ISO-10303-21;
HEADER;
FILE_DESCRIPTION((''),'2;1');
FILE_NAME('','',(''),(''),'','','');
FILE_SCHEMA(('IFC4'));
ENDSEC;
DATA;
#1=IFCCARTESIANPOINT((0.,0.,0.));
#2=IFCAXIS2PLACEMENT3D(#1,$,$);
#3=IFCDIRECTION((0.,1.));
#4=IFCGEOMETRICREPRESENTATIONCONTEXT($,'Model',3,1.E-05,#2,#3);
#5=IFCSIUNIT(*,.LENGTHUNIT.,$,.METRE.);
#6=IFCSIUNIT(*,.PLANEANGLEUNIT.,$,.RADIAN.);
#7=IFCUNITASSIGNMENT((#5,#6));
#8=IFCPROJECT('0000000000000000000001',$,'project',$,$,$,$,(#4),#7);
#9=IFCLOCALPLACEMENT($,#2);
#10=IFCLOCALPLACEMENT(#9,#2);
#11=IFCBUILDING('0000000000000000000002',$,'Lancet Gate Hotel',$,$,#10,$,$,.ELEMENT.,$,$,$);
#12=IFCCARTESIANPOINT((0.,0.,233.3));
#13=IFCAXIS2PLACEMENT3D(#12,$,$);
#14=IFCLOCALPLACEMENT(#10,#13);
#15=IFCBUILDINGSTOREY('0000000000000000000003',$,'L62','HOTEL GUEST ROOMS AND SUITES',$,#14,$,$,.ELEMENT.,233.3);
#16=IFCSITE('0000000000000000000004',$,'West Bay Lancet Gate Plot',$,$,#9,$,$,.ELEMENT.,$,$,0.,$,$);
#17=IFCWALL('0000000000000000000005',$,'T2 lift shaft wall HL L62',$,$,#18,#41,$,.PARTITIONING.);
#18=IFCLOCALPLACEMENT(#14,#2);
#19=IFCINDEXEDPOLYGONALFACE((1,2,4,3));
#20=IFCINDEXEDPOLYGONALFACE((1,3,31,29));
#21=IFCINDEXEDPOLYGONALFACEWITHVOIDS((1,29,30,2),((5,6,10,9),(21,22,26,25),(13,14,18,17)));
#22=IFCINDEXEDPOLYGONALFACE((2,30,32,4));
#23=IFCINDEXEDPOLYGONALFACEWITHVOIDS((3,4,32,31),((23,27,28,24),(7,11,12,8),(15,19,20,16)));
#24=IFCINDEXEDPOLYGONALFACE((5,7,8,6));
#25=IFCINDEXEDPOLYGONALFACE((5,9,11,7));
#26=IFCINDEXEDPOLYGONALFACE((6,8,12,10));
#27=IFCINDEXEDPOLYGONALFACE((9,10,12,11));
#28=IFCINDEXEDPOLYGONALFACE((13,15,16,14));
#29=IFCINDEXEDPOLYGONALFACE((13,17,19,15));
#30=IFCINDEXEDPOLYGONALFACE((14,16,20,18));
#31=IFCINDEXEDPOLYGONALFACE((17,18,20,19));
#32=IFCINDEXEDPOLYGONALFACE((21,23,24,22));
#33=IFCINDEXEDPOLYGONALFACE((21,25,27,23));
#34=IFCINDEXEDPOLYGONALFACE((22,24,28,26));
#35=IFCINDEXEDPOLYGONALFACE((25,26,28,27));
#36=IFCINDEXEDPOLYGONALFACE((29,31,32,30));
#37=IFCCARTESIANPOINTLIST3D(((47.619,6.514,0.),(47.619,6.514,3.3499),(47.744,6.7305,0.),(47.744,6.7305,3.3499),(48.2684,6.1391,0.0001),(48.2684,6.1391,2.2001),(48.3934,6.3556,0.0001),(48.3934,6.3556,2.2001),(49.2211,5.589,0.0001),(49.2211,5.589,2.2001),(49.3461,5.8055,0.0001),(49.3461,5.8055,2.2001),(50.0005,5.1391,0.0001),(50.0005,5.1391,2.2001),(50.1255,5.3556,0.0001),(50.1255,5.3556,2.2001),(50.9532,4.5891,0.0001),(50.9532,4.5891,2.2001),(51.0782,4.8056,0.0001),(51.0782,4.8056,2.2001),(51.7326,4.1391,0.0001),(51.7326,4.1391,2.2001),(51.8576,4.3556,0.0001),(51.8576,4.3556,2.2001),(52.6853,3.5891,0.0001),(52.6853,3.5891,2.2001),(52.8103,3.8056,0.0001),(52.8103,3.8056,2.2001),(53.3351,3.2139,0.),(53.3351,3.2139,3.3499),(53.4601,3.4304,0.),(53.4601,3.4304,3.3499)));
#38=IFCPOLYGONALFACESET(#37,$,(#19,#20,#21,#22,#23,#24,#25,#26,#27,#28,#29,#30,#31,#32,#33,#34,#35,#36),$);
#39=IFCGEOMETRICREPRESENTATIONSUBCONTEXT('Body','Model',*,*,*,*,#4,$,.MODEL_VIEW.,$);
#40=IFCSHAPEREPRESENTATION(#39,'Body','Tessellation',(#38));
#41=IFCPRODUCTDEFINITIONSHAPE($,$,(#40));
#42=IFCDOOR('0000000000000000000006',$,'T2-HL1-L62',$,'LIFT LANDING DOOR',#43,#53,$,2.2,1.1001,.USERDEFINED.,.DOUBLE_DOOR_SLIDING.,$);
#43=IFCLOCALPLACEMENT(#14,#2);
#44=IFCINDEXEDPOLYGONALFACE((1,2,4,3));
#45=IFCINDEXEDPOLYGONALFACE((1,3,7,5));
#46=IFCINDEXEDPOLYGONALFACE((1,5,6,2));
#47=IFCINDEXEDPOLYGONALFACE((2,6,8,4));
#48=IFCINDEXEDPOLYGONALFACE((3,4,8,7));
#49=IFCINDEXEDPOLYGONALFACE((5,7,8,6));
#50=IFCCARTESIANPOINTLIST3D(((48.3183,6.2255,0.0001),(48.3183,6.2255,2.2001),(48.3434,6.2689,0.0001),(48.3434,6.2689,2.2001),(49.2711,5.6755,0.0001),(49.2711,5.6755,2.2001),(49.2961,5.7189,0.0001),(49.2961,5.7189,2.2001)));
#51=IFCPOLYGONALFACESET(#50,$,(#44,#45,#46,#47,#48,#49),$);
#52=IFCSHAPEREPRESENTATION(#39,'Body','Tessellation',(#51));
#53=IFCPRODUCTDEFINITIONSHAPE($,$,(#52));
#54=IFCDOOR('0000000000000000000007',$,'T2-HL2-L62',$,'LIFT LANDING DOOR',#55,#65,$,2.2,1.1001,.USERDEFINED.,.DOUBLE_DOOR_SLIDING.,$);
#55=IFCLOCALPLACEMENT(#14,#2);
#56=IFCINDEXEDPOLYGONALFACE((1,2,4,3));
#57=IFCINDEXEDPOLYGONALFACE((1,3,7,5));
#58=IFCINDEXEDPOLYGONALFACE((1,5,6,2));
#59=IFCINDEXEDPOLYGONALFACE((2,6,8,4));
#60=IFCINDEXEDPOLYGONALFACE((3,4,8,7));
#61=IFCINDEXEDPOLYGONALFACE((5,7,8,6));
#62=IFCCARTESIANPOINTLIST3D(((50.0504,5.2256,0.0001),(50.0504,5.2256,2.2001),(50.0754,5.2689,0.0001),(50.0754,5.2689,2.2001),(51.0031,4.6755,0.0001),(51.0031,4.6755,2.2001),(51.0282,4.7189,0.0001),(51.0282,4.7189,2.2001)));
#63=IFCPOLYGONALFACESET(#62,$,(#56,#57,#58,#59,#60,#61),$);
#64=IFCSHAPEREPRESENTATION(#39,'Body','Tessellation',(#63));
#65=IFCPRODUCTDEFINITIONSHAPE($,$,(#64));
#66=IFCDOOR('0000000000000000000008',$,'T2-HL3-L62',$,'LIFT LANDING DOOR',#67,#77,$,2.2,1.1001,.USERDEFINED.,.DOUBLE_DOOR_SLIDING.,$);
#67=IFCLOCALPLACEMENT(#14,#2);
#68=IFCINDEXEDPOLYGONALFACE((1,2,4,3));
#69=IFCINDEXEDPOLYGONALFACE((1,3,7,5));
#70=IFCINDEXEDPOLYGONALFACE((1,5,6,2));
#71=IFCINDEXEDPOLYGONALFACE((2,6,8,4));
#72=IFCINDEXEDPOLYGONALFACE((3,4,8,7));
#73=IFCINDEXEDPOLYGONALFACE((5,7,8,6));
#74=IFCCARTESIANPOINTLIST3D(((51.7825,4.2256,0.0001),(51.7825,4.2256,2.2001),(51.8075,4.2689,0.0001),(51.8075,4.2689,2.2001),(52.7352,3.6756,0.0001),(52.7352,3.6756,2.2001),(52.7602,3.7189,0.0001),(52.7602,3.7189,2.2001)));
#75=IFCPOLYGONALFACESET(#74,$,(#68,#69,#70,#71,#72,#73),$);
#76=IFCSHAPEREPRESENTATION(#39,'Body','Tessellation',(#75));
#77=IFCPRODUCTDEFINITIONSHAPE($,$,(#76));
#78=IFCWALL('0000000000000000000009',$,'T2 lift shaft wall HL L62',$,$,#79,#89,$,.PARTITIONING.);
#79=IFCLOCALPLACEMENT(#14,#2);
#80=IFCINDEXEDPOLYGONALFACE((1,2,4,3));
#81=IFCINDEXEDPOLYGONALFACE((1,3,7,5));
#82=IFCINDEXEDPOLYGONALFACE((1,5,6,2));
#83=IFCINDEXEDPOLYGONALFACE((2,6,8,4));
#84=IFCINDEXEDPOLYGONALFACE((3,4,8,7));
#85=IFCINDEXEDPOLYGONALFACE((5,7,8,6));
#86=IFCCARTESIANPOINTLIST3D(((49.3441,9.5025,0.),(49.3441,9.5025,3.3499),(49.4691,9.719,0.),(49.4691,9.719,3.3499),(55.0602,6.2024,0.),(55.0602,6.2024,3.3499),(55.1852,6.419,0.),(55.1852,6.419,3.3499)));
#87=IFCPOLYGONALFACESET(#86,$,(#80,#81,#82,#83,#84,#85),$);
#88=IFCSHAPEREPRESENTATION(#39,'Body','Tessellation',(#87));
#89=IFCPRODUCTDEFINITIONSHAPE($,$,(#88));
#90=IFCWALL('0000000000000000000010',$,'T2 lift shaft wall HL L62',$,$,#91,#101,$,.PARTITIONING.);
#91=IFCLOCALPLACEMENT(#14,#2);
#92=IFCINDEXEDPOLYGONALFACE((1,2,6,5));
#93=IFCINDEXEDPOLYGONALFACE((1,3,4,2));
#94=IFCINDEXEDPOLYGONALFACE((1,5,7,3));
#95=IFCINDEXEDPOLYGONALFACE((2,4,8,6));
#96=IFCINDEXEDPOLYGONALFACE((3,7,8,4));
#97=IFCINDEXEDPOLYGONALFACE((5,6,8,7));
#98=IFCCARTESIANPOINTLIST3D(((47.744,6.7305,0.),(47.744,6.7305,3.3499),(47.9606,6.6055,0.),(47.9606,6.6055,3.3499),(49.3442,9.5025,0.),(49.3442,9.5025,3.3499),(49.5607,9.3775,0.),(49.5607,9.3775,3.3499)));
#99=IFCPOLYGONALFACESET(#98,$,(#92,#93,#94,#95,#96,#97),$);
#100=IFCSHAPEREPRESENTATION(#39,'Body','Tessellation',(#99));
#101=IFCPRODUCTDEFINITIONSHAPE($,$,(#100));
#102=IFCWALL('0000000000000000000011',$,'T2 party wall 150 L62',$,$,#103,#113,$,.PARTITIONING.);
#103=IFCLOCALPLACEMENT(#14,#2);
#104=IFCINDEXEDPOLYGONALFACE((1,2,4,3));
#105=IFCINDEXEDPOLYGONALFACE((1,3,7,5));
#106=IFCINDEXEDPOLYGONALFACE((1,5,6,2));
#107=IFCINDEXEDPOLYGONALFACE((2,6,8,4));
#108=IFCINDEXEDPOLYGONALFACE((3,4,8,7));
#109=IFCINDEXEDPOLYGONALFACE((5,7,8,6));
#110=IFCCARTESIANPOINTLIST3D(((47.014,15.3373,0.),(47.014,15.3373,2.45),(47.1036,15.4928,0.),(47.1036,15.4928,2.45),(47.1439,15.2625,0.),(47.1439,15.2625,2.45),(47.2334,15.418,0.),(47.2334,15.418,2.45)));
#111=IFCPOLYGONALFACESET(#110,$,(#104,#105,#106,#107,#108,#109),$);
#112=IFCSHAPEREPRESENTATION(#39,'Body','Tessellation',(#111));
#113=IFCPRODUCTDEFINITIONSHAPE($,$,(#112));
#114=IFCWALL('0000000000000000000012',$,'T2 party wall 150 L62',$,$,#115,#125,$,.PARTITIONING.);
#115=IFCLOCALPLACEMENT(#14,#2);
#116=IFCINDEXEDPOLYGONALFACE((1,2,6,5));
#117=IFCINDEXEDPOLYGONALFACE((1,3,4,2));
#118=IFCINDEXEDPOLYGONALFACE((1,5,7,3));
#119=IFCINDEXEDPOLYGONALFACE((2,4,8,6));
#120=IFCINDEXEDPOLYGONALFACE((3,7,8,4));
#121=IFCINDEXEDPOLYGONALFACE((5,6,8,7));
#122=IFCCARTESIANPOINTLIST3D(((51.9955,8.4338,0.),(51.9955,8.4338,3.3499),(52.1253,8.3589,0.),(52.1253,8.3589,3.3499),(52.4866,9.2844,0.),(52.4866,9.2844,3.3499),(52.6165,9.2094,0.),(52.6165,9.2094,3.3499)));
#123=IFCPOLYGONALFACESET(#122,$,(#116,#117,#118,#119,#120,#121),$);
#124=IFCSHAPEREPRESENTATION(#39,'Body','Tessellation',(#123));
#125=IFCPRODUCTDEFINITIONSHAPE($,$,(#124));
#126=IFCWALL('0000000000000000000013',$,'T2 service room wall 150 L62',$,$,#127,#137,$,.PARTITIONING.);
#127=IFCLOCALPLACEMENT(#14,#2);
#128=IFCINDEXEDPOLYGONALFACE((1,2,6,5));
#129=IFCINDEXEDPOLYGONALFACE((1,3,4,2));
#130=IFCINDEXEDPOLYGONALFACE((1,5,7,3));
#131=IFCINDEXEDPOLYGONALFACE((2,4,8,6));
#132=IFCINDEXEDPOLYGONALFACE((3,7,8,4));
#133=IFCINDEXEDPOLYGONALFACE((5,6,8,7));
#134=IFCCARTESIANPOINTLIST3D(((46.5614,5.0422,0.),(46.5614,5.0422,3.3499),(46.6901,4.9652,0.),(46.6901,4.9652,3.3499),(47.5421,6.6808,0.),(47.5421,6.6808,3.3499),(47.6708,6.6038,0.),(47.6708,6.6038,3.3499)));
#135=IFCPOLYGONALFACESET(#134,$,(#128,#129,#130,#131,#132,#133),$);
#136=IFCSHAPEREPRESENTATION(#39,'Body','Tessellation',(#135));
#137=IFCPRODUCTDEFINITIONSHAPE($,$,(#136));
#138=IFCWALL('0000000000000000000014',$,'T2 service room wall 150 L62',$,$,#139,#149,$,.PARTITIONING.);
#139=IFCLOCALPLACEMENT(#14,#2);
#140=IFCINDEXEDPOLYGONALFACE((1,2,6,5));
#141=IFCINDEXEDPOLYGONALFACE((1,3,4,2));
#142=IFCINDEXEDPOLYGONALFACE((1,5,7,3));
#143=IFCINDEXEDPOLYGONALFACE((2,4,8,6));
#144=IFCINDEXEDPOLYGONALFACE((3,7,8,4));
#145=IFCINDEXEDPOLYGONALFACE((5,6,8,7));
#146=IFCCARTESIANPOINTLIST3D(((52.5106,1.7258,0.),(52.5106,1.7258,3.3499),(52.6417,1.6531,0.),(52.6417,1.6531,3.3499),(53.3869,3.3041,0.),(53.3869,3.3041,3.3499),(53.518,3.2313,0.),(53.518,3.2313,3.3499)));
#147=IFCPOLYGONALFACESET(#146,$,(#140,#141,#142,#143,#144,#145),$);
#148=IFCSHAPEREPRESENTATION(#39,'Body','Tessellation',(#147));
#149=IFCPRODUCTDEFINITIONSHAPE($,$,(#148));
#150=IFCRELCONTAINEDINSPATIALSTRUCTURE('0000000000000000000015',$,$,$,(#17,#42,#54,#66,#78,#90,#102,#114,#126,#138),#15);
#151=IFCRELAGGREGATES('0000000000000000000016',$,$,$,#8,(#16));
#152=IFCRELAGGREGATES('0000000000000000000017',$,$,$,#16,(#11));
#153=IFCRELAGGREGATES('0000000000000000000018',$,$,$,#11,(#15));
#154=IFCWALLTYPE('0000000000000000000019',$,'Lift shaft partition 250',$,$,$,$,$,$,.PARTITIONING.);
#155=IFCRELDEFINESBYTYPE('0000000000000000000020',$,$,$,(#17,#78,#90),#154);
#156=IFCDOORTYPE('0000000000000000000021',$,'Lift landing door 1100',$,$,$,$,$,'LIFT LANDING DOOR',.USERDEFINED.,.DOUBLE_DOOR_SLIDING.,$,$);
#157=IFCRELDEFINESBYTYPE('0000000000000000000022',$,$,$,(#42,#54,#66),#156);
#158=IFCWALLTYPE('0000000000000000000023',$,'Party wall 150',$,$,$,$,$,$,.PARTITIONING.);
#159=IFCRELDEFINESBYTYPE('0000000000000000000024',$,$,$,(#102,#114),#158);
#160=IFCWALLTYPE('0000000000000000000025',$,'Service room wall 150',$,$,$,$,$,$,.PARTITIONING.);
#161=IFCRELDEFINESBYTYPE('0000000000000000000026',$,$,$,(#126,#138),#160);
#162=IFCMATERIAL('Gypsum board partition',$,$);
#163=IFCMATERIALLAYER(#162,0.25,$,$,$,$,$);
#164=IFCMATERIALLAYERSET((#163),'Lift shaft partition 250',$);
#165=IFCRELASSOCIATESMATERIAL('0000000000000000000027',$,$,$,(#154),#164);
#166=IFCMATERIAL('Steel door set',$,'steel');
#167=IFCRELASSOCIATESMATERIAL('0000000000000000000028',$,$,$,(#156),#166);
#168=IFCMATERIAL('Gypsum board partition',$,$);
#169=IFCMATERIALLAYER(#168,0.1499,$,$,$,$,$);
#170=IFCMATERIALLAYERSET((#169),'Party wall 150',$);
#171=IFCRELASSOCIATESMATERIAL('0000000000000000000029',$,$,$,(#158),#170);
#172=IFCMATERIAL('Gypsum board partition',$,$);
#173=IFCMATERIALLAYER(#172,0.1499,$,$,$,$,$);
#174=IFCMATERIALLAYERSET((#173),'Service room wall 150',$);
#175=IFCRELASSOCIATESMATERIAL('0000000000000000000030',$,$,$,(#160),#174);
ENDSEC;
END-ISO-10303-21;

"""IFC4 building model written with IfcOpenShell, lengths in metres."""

from ifc_helpers import new_model, si_unit, direction, frame, frame_2d, origin, place, context, subcontext, project, spatial, rectangle, extrude, material, layer, layer_set, type_object, element, fill, save


model = new_model("IFC4")

# Units and contexts
model_context = context("Model", 3, precision=1e-05, world=origin(), true_north=direction((0.0, 1.0)))
body_context = subcontext(model_context, "Body", "Model", "MODEL_VIEW")
ifc_project = project(units=[si_unit("LENGTHUNIT", "METRE"), si_unit("PLANEANGLEUNIT", "RADIAN")], contexts=[model_context])

# Site, building, storey
site_placement = place(None, origin())
site = spatial("IfcSite", under=ifc_project, at=site_placement, Name="West Bay Lancet Gate Plot", CompositionType="ELEMENT", RefElevation=0.0)
building_placement = place(site_placement, origin())
building = spatial("IfcBuilding", under=site, at=building_placement, Name="Lancet Gate Hotel", CompositionType="ELEMENT")
storey_placement = place(building_placement, frame((0.0, 0.0, 233.3)))
storey = spatial("IfcBuildingStorey", under=building, at=storey_placement, Name="L62", Description="HOTEL GUEST ROOMS AND SUITES", CompositionType="ELEMENT", Elevation=233.3)

# Wall, openings, doors
ifc_material_1 = material(Name="Gypsum board partition")
ifc_layer_1 = layer(ifc_material_1, 0.25)
ifc_layer_set_1 = layer_set([ifc_layer_1], Name="Lift shaft partition 250")
wall_type_1 = type_object("IfcWallType", Name="Lift shaft partition 250", PredefinedType="PARTITIONING", material=ifc_layer_set_1)
wall_1_placement = place(storey_placement, frame((47.6814, 6.6223, 0.0), z_axis=(0.0, 0.0, 1.0), x_axis=(0.866033, -0.499986, 0.0)))
wall_1 = element("IfcWall", 1, at=wall_1_placement, inside=storey, type_object=wall_type_1, Name="T2 lift shaft wall HL L62", PredefinedType="PARTITIONING", context=body_context, shape_type="SweptSolid", body=[
    extrude(rectangle(XDim=6.6003, YDim=0.25, at=frame_2d((3.3003, 0.0))), origin(), (0.0, 0.0, 1.0), 3.3499),
])
opening_1_placement = place(wall_1_placement, frame((0.75, 0.0, 0.0)))
opening_1 = element("IfcOpeningElement", 2, at=opening_1_placement, cuts=wall_1, PredefinedType="OPENING", context=body_context, shape_type="SweptSolid", body=[
    extrude(rectangle(XDim=1.1001, YDim=2.2, at=frame_2d((0.55, 1.1001))), frame((0.0, 0.135, 0.0), z_axis=(0.0, -1.0, 0.0), x_axis=(1.0, 0.0, 0.0)), (0.0, 0.0, 1.0), 0.27),
])
opening_2_placement = place(wall_1_placement, frame((2.75, 0.0, 0.0)))
opening_2 = element("IfcOpeningElement", 3, at=opening_2_placement, cuts=wall_1, PredefinedType="OPENING", context=body_context, shape_type="SweptSolid", body=[
    extrude(rectangle(XDim=1.1001, YDim=2.2, at=frame_2d((0.55, 1.1001))), frame((0.0, 0.135, 0.0), z_axis=(0.0, -1.0, 0.0), x_axis=(1.0, 0.0, 0.0)), (0.0, 0.0, 1.0), 0.27),
])
opening_3_placement = place(wall_1_placement, frame((4.75, 0.0, 0.0)))
opening_3 = element("IfcOpeningElement", 4, at=opening_3_placement, cuts=wall_1, PredefinedType="OPENING", context=body_context, shape_type="SweptSolid", body=[
    extrude(rectangle(XDim=1.1001, YDim=2.2, at=frame_2d((0.55, 1.1001))), frame((0.0, 0.135, 0.0), z_axis=(0.0, -1.0, 0.0), x_axis=(1.0, 0.0, 0.0)), (0.0, 0.0, 1.0), 0.27),
])
ifc_material_2 = material(Name="Steel door set", Category="steel")
door_type_1 = type_object("IfcDoorType", Name="Lift landing door 1100", ElementType="LIFT LANDING DOOR", OperationType="DOUBLE_DOOR_SLIDING", PredefinedType="USERDEFINED", material=ifc_material_2)
door_1_placement = place(opening_1_placement, origin())
door_1 = element("IfcDoor", 5, at=door_1_placement, inside=storey, type_object=door_type_1, Name="T2-HL1-L62", ObjectType="LIFT LANDING DOOR", OperationType="DOUBLE_DOOR_SLIDING", OverallHeight=2.2, OverallWidth=1.1001, PredefinedType="USERDEFINED", context=body_context, shape_type="SweptSolid", body=[
    extrude(rectangle(XDim=1.1001, YDim=2.2, at=frame_2d((0.55, 1.1001))), frame((0.0, 0.0249, 0.0), z_axis=(0.0, -1.0, 0.0), x_axis=(1.0, 0.0, 0.0)), (0.0, 0.0, 1.0), 0.05),
])
fill(opening_1, door_1)
door_2_placement = place(opening_2_placement, origin())
door_2 = element("IfcDoor", 6, at=door_2_placement, inside=storey, type_object=door_type_1, Name="T2-HL2-L62", ObjectType="LIFT LANDING DOOR", OperationType="DOUBLE_DOOR_SLIDING", OverallHeight=2.2, OverallWidth=1.1001, PredefinedType="USERDEFINED", context=body_context, shape_type="SweptSolid", body=[
    extrude(rectangle(XDim=1.1001, YDim=2.2, at=frame_2d((0.55, 1.1001))), frame((0.0, 0.0249, 0.0), z_axis=(0.0, -1.0, 0.0), x_axis=(1.0, 0.0, 0.0)), (0.0, 0.0, 1.0), 0.05),
])
fill(opening_2, door_2)
door_3_placement = place(opening_3_placement, origin())
door_3 = element("IfcDoor", 7, at=door_3_placement, inside=storey, type_object=door_type_1, Name="T2-HL3-L62", ObjectType="LIFT LANDING DOOR", OperationType="DOUBLE_DOOR_SLIDING", OverallHeight=2.2, OverallWidth=1.1001, PredefinedType="USERDEFINED", context=body_context, shape_type="SweptSolid", body=[
    extrude(rectangle(XDim=1.1001, YDim=2.2, at=frame_2d((0.55, 1.1001))), frame((0.0, 0.0249, 0.0), z_axis=(0.0, -1.0, 0.0), x_axis=(1.0, 0.0, 0.0)), (0.0, 0.0, 1.0), 0.05),
])
fill(opening_3, door_3)

# Walls
wall_2_placement = place(storey_placement, frame((49.4065, 9.6108, 0.0), z_axis=(0.0, 0.0, 1.0), x_axis=(0.866033, -0.499986, 0.0)))
element("IfcWall", 8, at=wall_2_placement, inside=storey, type_object=wall_type_1, Name="T2 lift shaft wall HL L62", PredefinedType="PARTITIONING", context=body_context, shape_type="SweptSolid", body=[
    extrude(rectangle(XDim=6.6003, YDim=0.25, at=frame_2d((3.3003, 0.0))), origin(), (0.0, 0.0, 1.0), 3.3499),
])
wall_3_placement = place(storey_placement, frame((47.8523, 6.668, 0.0), z_axis=(0.0, 0.0, 1.0), x_axis=(0.499929, 0.866066, 0.0)))
element("IfcWall", 9, at=wall_3_placement, inside=storey, type_object=wall_type_1, Name="T2 lift shaft wall HL L62", PredefinedType="PARTITIONING", context=body_context, shape_type="SweptSolid", body=[
    extrude(rectangle(XDim=3.2007, YDim=0.25, at=frame_2d((1.6003, 0.0))), origin(), (0.0, 0.0, 1.0), 3.3499),
])
ifc_material_3 = material(Name="Gypsum board partition")
ifc_layer_2 = layer(ifc_material_3, 0.1499)
ifc_layer_set_2 = layer_set([ifc_layer_2], Name="Party wall 150")
wall_type_2 = type_object("IfcWallType", Name="Party wall 150", PredefinedType="PARTITIONING", material=ifc_layer_set_2)
wall_4_placement = place(storey_placement, frame((47.0789, 15.2998, 0.0), z_axis=(0.0, 0.0, 1.0), x_axis=(0.499212, 0.86648, 0.0)))
element("IfcWall", 10, at=wall_4_placement, inside=storey, type_object=wall_type_2, Name="T2 party wall 150 L62", PredefinedType="PARTITIONING", context=body_context, shape_type="SweptSolid", body=[
    extrude(rectangle(XDim=0.1794, YDim=0.1499, at=frame_2d((0.0898, 0.0))), origin(), (0.0, 0.0, 1.0), 2.45),
])
wall_5_placement = place(storey_placement, frame((52.0603, 8.3962, 0.0), z_axis=(0.0, 0.0, 1.0), x_axis=(0.500095, 0.86597, 0.0)))
element("IfcWall", 11, at=wall_5_placement, inside=storey, type_object=wall_type_2, Name="T2 party wall 150 L62", PredefinedType="PARTITIONING", context=body_context, shape_type="SweptSolid", body=[
    extrude(rectangle(XDim=0.9822, YDim=0.1499, at=frame_2d((0.4912, 0.0))), origin(), (0.0, 0.0, 1.0), 3.3499),
])
ifc_material_4 = material(Name="Gypsum board partition")
ifc_layer_3 = layer(ifc_material_4, 0.1499)
ifc_layer_set_3 = layer_set([ifc_layer_3], Name="Service room wall 150")
wall_type_3 = type_object("IfcWallType", Name="Service room wall 150", PredefinedType="PARTITIONING", material=ifc_layer_set_3)
wall_6_placement = place(storey_placement, frame((47.6064, 6.6423, 0.0), z_axis=(0.0, 0.0, 1.0), x_axis=(-0.513537, -0.858068, 0.0)))
element("IfcWall", 12, at=wall_6_placement, inside=storey, type_object=wall_type_3, Name="T2 service room wall 150 L62", PredefinedType="PARTITIONING", context=body_context, shape_type="SweptSolid", body=[
    extrude(rectangle(XDim=1.9097, YDim=0.1499, at=frame_2d((0.9548, 0.0))), origin(), (0.0, 0.0, 1.0), 3.3499),
])
wall_7_placement = place(storey_placement, frame((52.5762, 1.6895, 0.0), z_axis=(0.0, 0.0, 1.0), x_axis=(0.485425, 0.874278, 0.0)))
element("IfcWall", 13, at=wall_7_placement, inside=storey, type_object=wall_type_3, Name="T2 service room wall 150 L62", PredefinedType="PARTITIONING", context=body_context, shape_type="SweptSolid", body=[
    extrude(rectangle(XDim=1.8052, YDim=0.1499, at=frame_2d((0.9026, 0.0))), origin(), (0.0, 0.0, 1.0), 3.3499),
])

save(model, "model.ifc")
